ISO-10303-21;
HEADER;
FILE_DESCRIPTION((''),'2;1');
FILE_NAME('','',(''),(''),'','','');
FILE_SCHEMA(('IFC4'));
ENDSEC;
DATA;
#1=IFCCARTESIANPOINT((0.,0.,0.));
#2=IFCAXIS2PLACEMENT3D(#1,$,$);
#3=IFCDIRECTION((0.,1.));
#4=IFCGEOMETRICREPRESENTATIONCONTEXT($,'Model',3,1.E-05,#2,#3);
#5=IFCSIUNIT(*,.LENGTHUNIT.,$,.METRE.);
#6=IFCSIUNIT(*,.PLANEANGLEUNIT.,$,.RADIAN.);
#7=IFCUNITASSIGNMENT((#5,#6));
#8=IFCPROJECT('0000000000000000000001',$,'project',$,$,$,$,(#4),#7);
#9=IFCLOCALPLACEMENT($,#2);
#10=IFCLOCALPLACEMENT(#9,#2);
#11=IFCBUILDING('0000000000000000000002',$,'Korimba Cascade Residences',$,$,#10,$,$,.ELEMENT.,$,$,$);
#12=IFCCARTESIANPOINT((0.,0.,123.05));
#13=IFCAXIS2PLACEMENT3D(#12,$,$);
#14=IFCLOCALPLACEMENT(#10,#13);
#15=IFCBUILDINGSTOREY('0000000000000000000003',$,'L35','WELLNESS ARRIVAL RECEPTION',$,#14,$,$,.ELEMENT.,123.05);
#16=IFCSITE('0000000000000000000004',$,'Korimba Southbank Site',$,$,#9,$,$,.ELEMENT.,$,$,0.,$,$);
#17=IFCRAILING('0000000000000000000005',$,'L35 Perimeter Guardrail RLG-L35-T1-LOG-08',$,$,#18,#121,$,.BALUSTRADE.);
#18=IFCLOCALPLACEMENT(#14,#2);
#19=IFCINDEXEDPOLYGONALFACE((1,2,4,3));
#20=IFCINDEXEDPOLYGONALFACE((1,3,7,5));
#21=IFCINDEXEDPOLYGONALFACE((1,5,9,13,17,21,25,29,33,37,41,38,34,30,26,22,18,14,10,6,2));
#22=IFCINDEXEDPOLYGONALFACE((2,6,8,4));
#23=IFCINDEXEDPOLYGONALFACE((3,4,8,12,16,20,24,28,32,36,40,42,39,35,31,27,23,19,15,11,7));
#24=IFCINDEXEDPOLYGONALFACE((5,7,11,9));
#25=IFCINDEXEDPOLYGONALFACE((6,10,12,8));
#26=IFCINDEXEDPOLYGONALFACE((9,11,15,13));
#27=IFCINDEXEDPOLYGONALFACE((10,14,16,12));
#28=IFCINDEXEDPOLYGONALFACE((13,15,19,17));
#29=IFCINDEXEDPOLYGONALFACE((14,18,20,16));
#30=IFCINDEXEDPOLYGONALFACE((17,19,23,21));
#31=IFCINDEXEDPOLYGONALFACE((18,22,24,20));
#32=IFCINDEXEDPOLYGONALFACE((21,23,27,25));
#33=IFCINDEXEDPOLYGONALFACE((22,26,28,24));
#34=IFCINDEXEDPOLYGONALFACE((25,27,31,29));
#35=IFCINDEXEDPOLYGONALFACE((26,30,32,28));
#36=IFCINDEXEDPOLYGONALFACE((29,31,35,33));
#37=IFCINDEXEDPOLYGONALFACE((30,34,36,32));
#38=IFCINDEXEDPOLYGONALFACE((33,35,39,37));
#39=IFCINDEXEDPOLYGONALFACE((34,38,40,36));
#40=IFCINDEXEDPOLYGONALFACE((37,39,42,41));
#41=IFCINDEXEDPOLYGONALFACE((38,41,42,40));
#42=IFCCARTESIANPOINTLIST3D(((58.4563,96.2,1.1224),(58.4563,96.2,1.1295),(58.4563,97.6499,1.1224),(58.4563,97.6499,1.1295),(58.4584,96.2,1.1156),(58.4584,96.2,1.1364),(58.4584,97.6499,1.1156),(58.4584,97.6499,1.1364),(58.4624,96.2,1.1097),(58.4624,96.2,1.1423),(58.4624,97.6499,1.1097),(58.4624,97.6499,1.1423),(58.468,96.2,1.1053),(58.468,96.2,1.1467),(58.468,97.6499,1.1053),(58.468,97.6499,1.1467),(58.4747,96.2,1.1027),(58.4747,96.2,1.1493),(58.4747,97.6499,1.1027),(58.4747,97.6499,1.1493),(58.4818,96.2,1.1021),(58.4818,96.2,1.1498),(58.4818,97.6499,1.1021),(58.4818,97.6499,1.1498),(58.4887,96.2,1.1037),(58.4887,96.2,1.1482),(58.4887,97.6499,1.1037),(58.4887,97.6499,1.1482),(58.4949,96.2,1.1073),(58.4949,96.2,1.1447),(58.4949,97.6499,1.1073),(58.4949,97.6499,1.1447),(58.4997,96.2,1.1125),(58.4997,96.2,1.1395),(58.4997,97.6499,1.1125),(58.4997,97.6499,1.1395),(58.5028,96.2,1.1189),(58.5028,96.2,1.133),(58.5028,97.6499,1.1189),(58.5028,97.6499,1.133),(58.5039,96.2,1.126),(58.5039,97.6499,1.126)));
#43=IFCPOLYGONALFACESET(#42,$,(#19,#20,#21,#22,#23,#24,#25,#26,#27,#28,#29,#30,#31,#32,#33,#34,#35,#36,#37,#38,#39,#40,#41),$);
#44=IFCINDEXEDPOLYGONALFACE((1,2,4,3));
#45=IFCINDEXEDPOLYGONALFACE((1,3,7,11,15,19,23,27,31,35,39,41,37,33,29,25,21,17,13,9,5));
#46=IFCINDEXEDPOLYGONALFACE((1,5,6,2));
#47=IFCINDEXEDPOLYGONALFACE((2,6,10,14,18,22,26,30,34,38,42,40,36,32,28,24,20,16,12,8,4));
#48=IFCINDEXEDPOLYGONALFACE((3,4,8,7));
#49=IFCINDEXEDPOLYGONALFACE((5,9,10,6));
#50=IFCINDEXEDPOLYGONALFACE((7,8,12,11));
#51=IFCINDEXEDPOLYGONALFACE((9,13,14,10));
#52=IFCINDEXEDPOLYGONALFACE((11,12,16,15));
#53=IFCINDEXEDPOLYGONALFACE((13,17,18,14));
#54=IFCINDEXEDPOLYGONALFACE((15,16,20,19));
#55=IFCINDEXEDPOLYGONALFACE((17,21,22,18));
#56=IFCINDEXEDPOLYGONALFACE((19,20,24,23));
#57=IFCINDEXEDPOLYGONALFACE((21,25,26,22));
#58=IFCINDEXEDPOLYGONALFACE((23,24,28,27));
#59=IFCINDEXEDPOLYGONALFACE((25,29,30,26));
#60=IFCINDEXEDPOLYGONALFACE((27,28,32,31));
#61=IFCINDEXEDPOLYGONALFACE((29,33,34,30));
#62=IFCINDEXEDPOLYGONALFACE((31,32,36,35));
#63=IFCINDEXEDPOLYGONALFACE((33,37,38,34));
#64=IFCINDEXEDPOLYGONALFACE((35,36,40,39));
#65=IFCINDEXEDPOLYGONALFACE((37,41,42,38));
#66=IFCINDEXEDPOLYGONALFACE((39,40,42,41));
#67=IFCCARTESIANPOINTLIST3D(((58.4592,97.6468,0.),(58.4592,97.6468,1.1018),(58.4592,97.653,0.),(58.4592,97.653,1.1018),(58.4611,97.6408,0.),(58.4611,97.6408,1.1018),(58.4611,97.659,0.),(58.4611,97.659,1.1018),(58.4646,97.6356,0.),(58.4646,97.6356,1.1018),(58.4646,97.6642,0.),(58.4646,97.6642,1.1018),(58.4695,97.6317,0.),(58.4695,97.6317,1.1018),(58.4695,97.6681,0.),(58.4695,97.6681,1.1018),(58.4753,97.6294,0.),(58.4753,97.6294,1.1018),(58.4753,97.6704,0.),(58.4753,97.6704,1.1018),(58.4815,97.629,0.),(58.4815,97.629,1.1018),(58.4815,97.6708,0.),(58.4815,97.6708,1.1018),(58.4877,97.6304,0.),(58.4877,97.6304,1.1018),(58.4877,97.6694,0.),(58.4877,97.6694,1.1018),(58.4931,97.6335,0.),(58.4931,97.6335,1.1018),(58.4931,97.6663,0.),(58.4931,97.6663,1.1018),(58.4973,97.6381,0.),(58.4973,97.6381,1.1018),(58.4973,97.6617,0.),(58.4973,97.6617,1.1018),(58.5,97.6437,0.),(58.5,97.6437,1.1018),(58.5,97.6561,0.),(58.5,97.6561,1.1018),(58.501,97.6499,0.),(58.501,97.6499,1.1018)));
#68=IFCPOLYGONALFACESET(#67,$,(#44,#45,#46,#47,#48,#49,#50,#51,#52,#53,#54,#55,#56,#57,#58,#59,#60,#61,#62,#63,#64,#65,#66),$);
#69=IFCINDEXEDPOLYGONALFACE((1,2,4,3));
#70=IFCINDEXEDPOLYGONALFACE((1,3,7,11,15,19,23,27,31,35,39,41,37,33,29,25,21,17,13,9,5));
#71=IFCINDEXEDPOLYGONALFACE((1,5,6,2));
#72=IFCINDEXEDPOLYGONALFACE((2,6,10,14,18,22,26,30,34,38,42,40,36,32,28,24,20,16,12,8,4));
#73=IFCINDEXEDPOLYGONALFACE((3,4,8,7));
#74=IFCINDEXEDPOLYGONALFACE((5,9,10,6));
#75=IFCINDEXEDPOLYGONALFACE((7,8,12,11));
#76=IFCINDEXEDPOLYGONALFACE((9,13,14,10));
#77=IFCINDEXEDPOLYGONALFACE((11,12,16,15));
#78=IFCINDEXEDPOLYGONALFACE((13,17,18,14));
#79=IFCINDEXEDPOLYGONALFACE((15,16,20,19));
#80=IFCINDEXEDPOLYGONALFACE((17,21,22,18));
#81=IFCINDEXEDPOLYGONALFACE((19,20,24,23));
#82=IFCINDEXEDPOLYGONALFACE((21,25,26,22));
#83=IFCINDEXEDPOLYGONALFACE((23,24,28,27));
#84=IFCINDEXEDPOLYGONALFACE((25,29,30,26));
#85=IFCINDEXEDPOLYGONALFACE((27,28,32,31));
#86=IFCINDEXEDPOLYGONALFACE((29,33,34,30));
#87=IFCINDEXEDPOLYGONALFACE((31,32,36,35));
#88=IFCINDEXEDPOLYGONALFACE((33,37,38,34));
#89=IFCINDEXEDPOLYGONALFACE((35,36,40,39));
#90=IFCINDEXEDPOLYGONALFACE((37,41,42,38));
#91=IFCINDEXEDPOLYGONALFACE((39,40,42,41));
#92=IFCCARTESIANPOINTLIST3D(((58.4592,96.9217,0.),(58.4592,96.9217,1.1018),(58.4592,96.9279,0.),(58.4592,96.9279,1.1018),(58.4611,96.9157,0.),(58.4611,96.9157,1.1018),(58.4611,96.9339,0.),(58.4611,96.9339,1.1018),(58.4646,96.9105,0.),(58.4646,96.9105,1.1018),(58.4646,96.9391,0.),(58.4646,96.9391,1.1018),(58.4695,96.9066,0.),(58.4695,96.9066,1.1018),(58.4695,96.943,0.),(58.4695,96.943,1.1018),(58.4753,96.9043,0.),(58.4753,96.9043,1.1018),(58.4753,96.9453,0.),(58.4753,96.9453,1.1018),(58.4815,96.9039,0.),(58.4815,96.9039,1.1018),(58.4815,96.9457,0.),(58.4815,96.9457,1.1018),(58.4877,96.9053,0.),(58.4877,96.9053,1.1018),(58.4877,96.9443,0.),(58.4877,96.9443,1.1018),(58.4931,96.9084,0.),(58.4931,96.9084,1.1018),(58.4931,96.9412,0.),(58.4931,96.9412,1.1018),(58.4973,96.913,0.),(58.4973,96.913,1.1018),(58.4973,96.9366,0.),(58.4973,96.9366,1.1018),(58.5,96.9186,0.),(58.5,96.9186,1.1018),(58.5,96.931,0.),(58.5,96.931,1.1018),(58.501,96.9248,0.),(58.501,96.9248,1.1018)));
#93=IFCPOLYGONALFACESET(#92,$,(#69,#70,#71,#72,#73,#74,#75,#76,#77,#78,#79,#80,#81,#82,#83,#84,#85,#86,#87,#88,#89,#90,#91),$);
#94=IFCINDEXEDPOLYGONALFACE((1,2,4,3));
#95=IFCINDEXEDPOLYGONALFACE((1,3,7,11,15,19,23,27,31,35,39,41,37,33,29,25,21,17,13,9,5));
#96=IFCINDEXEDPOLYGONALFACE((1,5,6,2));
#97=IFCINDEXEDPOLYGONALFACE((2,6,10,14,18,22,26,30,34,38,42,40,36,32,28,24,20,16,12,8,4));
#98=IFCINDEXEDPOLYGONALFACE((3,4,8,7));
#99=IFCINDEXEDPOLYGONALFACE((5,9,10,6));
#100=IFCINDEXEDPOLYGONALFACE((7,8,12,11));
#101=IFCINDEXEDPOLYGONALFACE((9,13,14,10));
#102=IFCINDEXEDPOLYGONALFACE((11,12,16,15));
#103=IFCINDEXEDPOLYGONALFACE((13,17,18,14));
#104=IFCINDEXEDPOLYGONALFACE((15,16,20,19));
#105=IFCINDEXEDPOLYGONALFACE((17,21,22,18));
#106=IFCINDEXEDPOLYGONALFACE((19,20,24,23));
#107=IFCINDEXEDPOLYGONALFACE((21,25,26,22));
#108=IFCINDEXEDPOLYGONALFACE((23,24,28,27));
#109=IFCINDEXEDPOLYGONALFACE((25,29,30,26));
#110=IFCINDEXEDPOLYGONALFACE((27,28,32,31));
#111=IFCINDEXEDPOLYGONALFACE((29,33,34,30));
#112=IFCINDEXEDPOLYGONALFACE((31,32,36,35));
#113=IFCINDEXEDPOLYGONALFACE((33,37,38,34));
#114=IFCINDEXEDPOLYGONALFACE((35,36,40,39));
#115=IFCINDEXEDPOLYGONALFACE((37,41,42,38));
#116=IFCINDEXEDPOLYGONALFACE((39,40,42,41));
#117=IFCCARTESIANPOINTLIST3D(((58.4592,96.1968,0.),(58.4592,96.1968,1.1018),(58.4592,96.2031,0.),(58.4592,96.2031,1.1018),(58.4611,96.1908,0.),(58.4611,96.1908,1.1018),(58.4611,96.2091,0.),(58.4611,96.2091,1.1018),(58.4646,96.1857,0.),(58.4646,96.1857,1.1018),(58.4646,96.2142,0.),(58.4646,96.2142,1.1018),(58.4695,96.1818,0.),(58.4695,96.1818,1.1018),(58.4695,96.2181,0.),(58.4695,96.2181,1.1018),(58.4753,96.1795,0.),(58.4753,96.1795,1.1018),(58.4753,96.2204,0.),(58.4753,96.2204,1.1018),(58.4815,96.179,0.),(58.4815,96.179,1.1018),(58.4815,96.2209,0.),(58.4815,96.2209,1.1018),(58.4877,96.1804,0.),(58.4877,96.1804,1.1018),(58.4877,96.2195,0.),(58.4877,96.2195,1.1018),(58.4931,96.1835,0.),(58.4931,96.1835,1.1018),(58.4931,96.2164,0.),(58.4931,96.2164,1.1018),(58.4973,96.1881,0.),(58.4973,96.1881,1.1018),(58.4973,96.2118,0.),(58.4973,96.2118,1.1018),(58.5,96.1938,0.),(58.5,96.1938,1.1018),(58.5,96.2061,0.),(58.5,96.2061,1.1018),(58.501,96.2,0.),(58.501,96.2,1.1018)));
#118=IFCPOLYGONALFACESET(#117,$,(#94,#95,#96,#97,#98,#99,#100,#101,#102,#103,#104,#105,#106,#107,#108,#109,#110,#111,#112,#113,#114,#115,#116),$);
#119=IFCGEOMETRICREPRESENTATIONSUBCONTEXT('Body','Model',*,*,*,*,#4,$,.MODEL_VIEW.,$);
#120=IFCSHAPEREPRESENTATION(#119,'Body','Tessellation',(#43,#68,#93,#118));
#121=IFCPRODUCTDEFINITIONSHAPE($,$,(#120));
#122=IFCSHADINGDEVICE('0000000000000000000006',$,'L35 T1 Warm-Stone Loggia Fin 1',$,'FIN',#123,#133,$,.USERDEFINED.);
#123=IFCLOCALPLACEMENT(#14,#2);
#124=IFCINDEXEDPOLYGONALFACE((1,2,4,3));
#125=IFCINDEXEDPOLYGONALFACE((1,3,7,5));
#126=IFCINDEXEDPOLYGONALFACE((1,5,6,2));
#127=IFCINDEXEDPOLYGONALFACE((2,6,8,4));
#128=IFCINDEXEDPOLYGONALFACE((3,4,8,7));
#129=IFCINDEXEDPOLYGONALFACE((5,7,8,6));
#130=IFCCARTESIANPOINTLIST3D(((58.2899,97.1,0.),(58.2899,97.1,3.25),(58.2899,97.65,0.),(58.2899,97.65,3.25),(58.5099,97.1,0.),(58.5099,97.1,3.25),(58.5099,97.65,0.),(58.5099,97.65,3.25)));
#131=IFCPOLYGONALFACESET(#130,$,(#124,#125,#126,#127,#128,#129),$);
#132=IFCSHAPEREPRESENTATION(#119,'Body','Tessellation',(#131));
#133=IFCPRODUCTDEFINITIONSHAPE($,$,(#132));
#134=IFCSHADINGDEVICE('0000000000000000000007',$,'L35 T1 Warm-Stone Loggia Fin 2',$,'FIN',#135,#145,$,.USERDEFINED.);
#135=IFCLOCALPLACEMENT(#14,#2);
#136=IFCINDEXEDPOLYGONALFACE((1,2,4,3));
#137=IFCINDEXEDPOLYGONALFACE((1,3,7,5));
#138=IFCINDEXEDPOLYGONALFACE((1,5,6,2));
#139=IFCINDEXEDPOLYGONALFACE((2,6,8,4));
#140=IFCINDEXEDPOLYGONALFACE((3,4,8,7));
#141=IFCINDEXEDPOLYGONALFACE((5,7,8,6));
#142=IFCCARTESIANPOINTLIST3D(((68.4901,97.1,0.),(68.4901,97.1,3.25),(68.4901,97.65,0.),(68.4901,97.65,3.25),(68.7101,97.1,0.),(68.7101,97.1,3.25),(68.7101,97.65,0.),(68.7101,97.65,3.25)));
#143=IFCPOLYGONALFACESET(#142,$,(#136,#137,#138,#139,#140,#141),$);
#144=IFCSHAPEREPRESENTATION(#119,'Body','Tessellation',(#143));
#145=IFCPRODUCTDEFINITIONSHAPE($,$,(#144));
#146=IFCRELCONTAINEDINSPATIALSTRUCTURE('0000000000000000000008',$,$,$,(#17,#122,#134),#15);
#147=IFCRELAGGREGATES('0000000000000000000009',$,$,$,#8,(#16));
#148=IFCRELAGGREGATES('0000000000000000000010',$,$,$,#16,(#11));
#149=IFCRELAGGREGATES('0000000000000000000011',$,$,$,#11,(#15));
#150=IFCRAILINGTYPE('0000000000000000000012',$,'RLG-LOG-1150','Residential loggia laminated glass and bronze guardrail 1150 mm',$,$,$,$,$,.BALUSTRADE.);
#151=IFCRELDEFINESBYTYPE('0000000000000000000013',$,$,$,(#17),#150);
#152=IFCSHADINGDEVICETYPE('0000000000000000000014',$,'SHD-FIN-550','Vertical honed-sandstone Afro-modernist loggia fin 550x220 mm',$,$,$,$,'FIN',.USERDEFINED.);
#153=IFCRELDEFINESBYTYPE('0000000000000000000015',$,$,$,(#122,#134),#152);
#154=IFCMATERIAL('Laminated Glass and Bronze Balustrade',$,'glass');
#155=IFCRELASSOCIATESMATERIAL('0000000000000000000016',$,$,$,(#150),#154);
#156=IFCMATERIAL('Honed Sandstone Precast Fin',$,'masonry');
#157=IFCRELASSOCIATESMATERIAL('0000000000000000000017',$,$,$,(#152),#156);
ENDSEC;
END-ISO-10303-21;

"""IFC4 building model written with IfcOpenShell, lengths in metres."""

from ifc_helpers import new_model, si_unit, direction, frame, origin, origin_2d, place, context, subcontext, project, spatial, rectangle, circle, extrude, material, type_object, element, save


model = new_model("IFC4")

# Units and contexts
model_context = context("Model", 3, precision=1e-05, world=origin(), true_north=direction((0.0, 1.0)))
body_context = subcontext(model_context, "Body", "Model", "MODEL_VIEW")
ifc_project = project(units=[si_unit("LENGTHUNIT", "METRE"), si_unit("PLANEANGLEUNIT", "RADIAN")], contexts=[model_context])

# Site, building, storey
site_placement = place(None, origin())
site = spatial("IfcSite", under=ifc_project, at=site_placement, Name="Korimba Southbank Site", CompositionType="ELEMENT", RefElevation=0.0)
building_placement = place(site_placement, origin())
building = spatial("IfcBuilding", under=site, at=building_placement, Name="Korimba Cascade Residences", CompositionType="ELEMENT")
storey_placement = place(building_placement, frame((0.0, 0.0, 123.05)))
storey = spatial("IfcBuildingStorey", under=building, at=storey_placement, Name="L35", Description="WELLNESS ARRIVAL RECEPTION", CompositionType="ELEMENT", Elevation=123.05)

# Railing
ifc_material_1 = material(Name="Laminated Glass and Bronze Balustrade", Category="glass")
railing_type = type_object("IfcRailingType", Name="RLG-LOG-1150", Description="Residential loggia laminated glass and bronze guardrail 1150 mm", PredefinedType="BALUSTRADE", material=ifc_material_1)
railing_placement = place(storey_placement, frame((58.48, 97.6499, 0.0)))
element("IfcRailing", 1, at=railing_placement, inside=storey, type_object=railing_type, Name="L35 Perimeter Guardrail RLG-L35-T1-LOG-08", PredefinedType="BALUSTRADE", context=body_context, shape_type="SweptSolid", body=[
    extrude(circle(Radius=0.0239, at=origin_2d()), frame((0.0, 0.0, 1.126), z_axis=(0.0, -1.0, 0.0), x_axis=(1.0, 0.0, 0.0)), (0.0, 0.0, 1.0), 1.45),
    extrude(circle(Radius=0.021, at=origin_2d()), origin(), (0.0, 0.0, 1.0), 1.1018),
    extrude(circle(Radius=0.021, at=origin_2d()), frame((0.0, -0.7251, 0.0)), (0.0, 0.0, 1.0), 1.1018),
    extrude(circle(Radius=0.021, at=origin_2d()), frame((0.0, -1.45, 0.0)), (0.0, 0.0, 1.0), 1.1018),
])

# Shading devices
ifc_material_2 = material(Name="Honed Sandstone Precast Fin", Category="masonry")
shading_device_type = type_object("IfcShadingDeviceType", Name="SHD-FIN-550", Description="Vertical honed-sandstone Afro-modernist loggia fin 550x220 mm", ElementType="FIN", PredefinedType="USERDEFINED", material=ifc_material_2)
for number, where, z_axis, x_axis, name in (
    (2, (58.3999, 97.375, 0.0), (0.0, 0.0, 1.0), (1.0, 0.0, 0.0), "L35 T1 Warm-Stone Loggia Fin 1"),
    (3, (68.6001, 97.375, 0.0), (0.0, 0.0, 1.0), (1.0, 0.0, 0.0), "L35 T1 Warm-Stone Loggia Fin 2"),
):
    element("IfcShadingDevice", number, at=place(storey_placement, frame(where, z_axis=z_axis, x_axis=x_axis)), inside=storey, type_object=shading_device_type, Name=name, ObjectType="FIN", PredefinedType="USERDEFINED", context=body_context, shape_type="SweptSolid", body=[
        extrude(rectangle(XDim=0.22, YDim=0.55, at=origin_2d()), origin(), (0.0, 0.0, 1.0), 3.25),
    ])

save(model, "model.ifc")
